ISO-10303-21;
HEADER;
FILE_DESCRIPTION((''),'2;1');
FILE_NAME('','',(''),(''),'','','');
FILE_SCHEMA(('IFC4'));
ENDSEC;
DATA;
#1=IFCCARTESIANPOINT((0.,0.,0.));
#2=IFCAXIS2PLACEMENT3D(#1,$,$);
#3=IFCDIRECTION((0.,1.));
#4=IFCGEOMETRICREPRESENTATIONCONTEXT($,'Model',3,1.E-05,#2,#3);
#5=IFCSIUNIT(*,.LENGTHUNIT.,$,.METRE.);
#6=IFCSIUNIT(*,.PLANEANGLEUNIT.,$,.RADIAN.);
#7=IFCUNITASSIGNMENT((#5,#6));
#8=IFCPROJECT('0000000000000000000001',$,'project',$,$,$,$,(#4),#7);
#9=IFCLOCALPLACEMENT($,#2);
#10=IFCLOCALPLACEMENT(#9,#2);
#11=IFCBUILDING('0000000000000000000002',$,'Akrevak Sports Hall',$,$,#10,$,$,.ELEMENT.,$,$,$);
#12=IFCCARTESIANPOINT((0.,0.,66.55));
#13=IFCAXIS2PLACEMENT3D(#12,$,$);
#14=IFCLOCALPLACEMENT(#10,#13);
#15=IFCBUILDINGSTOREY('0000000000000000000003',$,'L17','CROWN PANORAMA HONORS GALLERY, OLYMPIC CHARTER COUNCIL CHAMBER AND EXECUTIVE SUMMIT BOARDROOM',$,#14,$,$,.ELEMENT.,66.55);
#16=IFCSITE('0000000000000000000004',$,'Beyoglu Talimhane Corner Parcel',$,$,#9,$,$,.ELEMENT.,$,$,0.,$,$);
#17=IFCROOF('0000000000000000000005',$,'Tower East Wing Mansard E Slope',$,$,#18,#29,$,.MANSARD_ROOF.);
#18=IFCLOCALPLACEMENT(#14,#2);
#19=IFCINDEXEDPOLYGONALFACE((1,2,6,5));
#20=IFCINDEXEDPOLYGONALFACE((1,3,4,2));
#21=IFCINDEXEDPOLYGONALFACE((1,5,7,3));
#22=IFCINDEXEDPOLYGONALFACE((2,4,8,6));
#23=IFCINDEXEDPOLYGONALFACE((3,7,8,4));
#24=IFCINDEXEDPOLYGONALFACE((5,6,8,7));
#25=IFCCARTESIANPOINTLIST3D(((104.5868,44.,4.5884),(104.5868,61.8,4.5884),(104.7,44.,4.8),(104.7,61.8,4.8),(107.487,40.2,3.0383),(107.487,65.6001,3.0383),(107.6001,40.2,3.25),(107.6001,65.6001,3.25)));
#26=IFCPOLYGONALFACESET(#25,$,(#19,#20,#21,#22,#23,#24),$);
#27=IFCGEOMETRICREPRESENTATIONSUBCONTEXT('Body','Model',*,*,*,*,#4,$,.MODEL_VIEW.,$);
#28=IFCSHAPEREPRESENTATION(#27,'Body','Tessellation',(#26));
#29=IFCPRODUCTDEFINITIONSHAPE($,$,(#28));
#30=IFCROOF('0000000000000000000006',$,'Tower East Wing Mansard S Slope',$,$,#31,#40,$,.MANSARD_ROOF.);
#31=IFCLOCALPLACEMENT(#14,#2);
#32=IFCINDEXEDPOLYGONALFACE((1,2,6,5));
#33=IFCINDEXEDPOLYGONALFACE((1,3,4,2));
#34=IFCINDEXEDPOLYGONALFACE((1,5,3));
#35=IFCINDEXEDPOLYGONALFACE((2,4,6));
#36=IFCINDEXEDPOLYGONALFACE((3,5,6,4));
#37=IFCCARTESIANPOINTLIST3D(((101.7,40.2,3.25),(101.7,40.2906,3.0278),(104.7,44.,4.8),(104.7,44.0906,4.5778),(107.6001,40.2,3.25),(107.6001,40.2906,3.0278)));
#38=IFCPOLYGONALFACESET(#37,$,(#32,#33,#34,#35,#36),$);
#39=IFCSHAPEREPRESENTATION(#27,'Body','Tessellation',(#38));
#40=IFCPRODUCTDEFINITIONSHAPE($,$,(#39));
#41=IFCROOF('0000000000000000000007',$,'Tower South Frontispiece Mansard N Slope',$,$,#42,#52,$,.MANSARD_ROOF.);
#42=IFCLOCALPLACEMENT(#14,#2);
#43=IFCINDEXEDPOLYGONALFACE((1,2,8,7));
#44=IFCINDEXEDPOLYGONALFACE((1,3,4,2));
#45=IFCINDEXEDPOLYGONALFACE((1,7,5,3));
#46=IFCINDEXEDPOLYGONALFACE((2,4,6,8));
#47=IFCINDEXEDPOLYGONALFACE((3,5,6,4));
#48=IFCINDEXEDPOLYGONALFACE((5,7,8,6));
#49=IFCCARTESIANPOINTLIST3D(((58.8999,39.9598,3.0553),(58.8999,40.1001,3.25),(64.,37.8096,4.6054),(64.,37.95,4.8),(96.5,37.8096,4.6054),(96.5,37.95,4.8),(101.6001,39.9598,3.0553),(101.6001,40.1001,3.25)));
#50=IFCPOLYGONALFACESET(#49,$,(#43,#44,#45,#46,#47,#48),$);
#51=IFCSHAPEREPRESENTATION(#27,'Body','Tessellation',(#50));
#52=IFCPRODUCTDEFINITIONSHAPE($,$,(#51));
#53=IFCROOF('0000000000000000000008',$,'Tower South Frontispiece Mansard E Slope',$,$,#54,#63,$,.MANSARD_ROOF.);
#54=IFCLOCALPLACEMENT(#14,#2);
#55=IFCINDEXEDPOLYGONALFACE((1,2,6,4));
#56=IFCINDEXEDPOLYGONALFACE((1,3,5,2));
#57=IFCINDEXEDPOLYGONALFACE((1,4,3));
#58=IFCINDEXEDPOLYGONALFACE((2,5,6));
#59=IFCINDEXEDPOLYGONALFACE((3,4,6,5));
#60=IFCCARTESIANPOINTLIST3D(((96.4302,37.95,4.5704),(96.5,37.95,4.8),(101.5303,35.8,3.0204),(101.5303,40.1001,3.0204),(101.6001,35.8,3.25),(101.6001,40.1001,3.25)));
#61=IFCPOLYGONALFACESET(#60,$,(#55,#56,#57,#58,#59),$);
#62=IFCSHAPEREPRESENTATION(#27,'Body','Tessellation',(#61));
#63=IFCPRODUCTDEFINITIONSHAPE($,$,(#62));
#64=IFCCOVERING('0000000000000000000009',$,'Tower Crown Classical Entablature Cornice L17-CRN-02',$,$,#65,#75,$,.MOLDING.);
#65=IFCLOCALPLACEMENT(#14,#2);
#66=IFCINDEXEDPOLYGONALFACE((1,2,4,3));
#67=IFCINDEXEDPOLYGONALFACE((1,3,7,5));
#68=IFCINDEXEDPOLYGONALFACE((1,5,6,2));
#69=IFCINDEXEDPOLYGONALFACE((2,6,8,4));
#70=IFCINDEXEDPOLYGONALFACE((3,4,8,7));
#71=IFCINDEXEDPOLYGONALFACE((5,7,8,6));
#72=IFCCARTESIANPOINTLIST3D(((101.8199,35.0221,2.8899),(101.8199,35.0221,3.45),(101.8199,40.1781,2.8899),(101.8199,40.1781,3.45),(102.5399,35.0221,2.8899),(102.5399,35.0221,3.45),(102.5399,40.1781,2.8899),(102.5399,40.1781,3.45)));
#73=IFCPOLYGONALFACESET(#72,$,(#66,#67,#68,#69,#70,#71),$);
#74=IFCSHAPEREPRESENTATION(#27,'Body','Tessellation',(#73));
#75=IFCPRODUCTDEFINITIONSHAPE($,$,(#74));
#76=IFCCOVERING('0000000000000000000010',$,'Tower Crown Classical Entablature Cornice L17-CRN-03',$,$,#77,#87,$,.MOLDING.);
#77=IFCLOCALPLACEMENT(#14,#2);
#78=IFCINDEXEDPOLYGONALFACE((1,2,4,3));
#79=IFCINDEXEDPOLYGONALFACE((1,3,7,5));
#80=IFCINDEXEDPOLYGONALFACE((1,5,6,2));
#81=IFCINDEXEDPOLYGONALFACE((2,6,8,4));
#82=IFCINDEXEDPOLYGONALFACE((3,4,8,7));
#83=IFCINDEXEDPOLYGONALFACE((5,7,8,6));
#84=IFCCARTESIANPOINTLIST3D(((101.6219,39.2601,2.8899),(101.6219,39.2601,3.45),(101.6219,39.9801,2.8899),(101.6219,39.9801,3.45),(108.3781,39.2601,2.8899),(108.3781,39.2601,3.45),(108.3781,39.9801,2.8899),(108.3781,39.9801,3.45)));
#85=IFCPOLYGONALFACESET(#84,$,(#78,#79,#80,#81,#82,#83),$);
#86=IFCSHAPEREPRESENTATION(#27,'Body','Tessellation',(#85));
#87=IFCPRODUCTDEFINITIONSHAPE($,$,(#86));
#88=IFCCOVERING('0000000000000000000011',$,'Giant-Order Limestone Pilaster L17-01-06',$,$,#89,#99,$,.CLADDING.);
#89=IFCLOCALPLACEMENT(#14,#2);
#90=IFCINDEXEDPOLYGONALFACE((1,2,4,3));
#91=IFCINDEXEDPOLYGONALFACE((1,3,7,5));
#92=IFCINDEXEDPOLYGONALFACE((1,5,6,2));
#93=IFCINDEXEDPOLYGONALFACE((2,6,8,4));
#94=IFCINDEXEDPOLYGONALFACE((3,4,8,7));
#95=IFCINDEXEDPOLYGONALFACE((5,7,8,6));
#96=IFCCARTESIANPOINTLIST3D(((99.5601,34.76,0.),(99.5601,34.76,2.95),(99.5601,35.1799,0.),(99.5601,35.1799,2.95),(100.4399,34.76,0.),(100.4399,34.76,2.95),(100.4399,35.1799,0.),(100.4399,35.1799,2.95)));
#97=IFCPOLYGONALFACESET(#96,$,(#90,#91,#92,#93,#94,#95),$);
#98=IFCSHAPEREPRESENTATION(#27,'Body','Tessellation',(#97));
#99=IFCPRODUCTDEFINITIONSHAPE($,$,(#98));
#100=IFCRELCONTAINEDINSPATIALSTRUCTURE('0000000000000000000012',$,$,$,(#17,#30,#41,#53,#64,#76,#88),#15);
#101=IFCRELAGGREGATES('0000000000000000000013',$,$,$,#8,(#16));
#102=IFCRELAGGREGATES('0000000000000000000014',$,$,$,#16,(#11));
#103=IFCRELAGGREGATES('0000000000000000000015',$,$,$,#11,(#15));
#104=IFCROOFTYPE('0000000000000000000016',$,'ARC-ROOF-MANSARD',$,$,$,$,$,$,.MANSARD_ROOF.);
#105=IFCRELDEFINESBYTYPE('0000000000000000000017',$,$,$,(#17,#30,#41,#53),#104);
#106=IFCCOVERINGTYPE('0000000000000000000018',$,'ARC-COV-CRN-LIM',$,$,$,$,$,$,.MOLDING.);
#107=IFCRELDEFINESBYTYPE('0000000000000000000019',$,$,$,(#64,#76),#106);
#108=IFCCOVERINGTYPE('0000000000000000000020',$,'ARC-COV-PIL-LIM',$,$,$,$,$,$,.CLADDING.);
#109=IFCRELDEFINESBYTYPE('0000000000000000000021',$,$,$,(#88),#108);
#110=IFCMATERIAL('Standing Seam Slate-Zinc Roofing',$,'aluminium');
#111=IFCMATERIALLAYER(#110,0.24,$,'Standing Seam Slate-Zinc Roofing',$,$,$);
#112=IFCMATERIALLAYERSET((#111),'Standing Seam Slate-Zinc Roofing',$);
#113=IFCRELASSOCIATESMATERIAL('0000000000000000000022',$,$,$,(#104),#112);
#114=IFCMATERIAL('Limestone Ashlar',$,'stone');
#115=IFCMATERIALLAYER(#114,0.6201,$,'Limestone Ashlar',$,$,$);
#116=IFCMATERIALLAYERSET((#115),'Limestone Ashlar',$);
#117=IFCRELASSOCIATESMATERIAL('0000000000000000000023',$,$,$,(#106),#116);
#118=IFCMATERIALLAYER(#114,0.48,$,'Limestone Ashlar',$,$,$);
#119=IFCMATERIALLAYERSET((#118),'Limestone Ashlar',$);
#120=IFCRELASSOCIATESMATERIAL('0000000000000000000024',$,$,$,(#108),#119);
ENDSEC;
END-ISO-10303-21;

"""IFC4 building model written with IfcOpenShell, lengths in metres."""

from ifc_helpers import new_model, si_unit, direction, frame, origin, origin_2d, place, context, subcontext, project, spatial, polyline, rectangle, outline, extrude, material, layer, layer_set, type_object, element, save


model = new_model("IFC4")

# Units and contexts
model_context = context("Model", 3, precision=1e-05, world=origin(), true_north=direction((0.0, 1.0)))
body_context = subcontext(model_context, "Body", "Model", "MODEL_VIEW")
ifc_project = project(units=[si_unit("LENGTHUNIT", "METRE"), si_unit("PLANEANGLEUNIT", "RADIAN")], contexts=[model_context])

# Site, building, storey
site_placement = place(None, origin())
site = spatial("IfcSite", under=ifc_project, at=site_placement, Name="Beyoglu Talimhane Corner Parcel", CompositionType="ELEMENT", RefElevation=0.0)
building_placement = place(site_placement, origin())
building = spatial("IfcBuilding", under=site, at=building_placement, Name="Akrevak Sports Hall", CompositionType="ELEMENT")
storey_placement = place(building_placement, frame((0.0, 0.0, 66.55)))
storey = spatial("IfcBuildingStorey", under=building, at=storey_placement, Name="L17", Description="CROWN PANORAMA HONORS GALLERY, OLYMPIC CHARTER COUNCIL CHAMBER AND EXECUTIVE SUMMIT BOARDROOM", CompositionType="ELEMENT", Elevation=66.55)

# Shared definitions
ifc_material_1 = material(Name="Limestone Ashlar", Category="stone")

# Roofs
ifc_material_2 = material(Name="Standing Seam Slate-Zinc Roofing", Category="aluminium")
ifc_layer_1 = layer(ifc_material_2, 0.24, Name="Standing Seam Slate-Zinc Roofing")
ifc_layer_set_1 = layer_set([ifc_layer_1], Name="Standing Seam Slate-Zinc Roofing")
roof_type = type_object("IfcRoofType", Name="ARC-ROOF-MANSARD", PredefinedType="MANSARD_ROOF", material=ifc_layer_set_1)
roof_1_placement = place(storey_placement, frame((107.6001, 40.2, 3.25), z_axis=(0.47137, 0.0, 0.881935), x_axis=(0.0, 1.0, 0.0)))
element("IfcRoof", 1, at=roof_1_placement, inside=storey, type_object=roof_type, Name="Tower East Wing Mansard E Slope", PredefinedType="MANSARD_ROOF", context=body_context, shape_type="SweptSolid", body=[
    extrude(outline(polyline([(0.0, 0.0), (25.4001, 0.0), (21.6001, 3.2884), (3.8, 3.2884), (0.0, 0.0)])), origin(), (0.0, 0.0, -1.0), 0.24),
])
roof_2_placement = place(storey_placement, frame((101.7, 40.2, 3.25), z_axis=(0.0, -0.37769, 0.925932), x_axis=(1.0, 0.0, 0.0)))
element("IfcRoof", 2, at=roof_2_placement, inside=storey, type_object=roof_type, Name="Tower East Wing Mansard S Slope", PredefinedType="MANSARD_ROOF", context=body_context, shape_type="SweptSolid", body=[
    extrude(outline(polyline([(0.0, 0.0), (5.9001, 0.0), (3.0, 4.104), (0.0, 0.0)])), origin(), (0.0, 0.0, -1.0), 0.24),
])
roof_3_placement = place(storey_placement, frame((101.6001, 40.1001, 3.25), z_axis=(0.0, 0.584787, 0.811187), x_axis=(-1.0, 0.0, 0.0)))
element("IfcRoof", 3, at=roof_3_placement, inside=storey, type_object=roof_type, Name="Tower South Frontispiece Mansard N Slope", PredefinedType="MANSARD_ROOF", context=body_context, shape_type="SweptSolid", body=[
    extrude(outline(polyline([(0.0, 0.0), (42.7002, 0.0), (37.6001, 2.6506), (5.1001, 2.6506), (0.0, 0.0)])), origin(), (0.0, 0.0, -1.0), 0.24),
])
roof_4_placement = place(storey_placement, frame((101.6001, 35.8, 3.25), z_axis=(0.290792, 0.0, 0.956786), x_axis=(0.0, 1.0, 0.0)))
element("IfcRoof", 4, at=roof_4_placement, inside=storey, type_object=roof_type, Name="Tower South Frontispiece Mansard E Slope", PredefinedType="MANSARD_ROOF", context=body_context, shape_type="SweptSolid", body=[
    extrude(outline(polyline([(0.0, 0.0), (4.3, 0.0), (2.1499, 5.3304), (0.0, 0.0)])), origin(), (0.0, 0.0, -1.0), 0.24),
])

# Coverings
ifc_layer_2 = layer(ifc_material_1, 0.6201, Name="Limestone Ashlar")
ifc_layer_set_2 = layer_set([ifc_layer_2], Name="Limestone Ashlar")
covering_type_1 = type_object("IfcCoveringType", Name="ARC-COV-CRN-LIM", PredefinedType="MOLDING", material=ifc_layer_set_2)
covering_1_placement = place(storey_placement, frame((102.1799, 37.6001, 2.8899), z_axis=(0.0, 0.0, 1.0), x_axis=(0.0, 1.0, 0.0)))
element("IfcCovering", 5, at=covering_1_placement, inside=storey, type_object=covering_type_1, Name="Tower Crown Classical Entablature Cornice L17-CRN-02", PredefinedType="MOLDING", context=body_context, shape_type="SweptSolid", body=[
    extrude(rectangle(XDim=5.156, YDim=0.72, at=origin_2d()), origin(), (0.0, 0.0, 1.0), 0.5601),
])
covering_2_placement = place(storey_placement, frame((105.0, 39.6201, 2.8899), z_axis=(0.0, 0.0, 1.0), x_axis=(1.0, 0.0, 0.0)))
element("IfcCovering", 6, at=covering_2_placement, inside=storey, type_object=covering_type_1, Name="Tower Crown Classical Entablature Cornice L17-CRN-03", PredefinedType="MOLDING", context=body_context, shape_type="SweptSolid", body=[
    extrude(rectangle(XDim=6.7561, YDim=0.72, at=origin_2d()), origin(), (0.0, 0.0, 1.0), 0.5601),
])
ifc_layer_3 = layer(ifc_material_1, 0.48, Name="Limestone Ashlar")
ifc_layer_set_3 = layer_set([ifc_layer_3], Name="Limestone Ashlar")
covering_type_2 = type_object("IfcCoveringType", Name="ARC-COV-PIL-LIM", PredefinedType="CLADDING", material=ifc_layer_set_3)
covering_3_placement = place(storey_placement, frame((100.0, 34.97, 0.0), z_axis=(0.0, 0.0, 1.0), x_axis=(1.0, 0.0, 0.0)))
element("IfcCovering", 7, at=covering_3_placement, inside=storey, type_object=covering_type_2, Name="Giant-Order Limestone Pilaster L17-01-06", PredefinedType="CLADDING", context=body_context, shape_type="SweptSolid", body=[
    extrude(rectangle(XDim=0.8799, YDim=0.4199, at=origin_2d()), origin(), (0.0, 0.0, 1.0), 2.95),
])

save(model, "model.ifc")
